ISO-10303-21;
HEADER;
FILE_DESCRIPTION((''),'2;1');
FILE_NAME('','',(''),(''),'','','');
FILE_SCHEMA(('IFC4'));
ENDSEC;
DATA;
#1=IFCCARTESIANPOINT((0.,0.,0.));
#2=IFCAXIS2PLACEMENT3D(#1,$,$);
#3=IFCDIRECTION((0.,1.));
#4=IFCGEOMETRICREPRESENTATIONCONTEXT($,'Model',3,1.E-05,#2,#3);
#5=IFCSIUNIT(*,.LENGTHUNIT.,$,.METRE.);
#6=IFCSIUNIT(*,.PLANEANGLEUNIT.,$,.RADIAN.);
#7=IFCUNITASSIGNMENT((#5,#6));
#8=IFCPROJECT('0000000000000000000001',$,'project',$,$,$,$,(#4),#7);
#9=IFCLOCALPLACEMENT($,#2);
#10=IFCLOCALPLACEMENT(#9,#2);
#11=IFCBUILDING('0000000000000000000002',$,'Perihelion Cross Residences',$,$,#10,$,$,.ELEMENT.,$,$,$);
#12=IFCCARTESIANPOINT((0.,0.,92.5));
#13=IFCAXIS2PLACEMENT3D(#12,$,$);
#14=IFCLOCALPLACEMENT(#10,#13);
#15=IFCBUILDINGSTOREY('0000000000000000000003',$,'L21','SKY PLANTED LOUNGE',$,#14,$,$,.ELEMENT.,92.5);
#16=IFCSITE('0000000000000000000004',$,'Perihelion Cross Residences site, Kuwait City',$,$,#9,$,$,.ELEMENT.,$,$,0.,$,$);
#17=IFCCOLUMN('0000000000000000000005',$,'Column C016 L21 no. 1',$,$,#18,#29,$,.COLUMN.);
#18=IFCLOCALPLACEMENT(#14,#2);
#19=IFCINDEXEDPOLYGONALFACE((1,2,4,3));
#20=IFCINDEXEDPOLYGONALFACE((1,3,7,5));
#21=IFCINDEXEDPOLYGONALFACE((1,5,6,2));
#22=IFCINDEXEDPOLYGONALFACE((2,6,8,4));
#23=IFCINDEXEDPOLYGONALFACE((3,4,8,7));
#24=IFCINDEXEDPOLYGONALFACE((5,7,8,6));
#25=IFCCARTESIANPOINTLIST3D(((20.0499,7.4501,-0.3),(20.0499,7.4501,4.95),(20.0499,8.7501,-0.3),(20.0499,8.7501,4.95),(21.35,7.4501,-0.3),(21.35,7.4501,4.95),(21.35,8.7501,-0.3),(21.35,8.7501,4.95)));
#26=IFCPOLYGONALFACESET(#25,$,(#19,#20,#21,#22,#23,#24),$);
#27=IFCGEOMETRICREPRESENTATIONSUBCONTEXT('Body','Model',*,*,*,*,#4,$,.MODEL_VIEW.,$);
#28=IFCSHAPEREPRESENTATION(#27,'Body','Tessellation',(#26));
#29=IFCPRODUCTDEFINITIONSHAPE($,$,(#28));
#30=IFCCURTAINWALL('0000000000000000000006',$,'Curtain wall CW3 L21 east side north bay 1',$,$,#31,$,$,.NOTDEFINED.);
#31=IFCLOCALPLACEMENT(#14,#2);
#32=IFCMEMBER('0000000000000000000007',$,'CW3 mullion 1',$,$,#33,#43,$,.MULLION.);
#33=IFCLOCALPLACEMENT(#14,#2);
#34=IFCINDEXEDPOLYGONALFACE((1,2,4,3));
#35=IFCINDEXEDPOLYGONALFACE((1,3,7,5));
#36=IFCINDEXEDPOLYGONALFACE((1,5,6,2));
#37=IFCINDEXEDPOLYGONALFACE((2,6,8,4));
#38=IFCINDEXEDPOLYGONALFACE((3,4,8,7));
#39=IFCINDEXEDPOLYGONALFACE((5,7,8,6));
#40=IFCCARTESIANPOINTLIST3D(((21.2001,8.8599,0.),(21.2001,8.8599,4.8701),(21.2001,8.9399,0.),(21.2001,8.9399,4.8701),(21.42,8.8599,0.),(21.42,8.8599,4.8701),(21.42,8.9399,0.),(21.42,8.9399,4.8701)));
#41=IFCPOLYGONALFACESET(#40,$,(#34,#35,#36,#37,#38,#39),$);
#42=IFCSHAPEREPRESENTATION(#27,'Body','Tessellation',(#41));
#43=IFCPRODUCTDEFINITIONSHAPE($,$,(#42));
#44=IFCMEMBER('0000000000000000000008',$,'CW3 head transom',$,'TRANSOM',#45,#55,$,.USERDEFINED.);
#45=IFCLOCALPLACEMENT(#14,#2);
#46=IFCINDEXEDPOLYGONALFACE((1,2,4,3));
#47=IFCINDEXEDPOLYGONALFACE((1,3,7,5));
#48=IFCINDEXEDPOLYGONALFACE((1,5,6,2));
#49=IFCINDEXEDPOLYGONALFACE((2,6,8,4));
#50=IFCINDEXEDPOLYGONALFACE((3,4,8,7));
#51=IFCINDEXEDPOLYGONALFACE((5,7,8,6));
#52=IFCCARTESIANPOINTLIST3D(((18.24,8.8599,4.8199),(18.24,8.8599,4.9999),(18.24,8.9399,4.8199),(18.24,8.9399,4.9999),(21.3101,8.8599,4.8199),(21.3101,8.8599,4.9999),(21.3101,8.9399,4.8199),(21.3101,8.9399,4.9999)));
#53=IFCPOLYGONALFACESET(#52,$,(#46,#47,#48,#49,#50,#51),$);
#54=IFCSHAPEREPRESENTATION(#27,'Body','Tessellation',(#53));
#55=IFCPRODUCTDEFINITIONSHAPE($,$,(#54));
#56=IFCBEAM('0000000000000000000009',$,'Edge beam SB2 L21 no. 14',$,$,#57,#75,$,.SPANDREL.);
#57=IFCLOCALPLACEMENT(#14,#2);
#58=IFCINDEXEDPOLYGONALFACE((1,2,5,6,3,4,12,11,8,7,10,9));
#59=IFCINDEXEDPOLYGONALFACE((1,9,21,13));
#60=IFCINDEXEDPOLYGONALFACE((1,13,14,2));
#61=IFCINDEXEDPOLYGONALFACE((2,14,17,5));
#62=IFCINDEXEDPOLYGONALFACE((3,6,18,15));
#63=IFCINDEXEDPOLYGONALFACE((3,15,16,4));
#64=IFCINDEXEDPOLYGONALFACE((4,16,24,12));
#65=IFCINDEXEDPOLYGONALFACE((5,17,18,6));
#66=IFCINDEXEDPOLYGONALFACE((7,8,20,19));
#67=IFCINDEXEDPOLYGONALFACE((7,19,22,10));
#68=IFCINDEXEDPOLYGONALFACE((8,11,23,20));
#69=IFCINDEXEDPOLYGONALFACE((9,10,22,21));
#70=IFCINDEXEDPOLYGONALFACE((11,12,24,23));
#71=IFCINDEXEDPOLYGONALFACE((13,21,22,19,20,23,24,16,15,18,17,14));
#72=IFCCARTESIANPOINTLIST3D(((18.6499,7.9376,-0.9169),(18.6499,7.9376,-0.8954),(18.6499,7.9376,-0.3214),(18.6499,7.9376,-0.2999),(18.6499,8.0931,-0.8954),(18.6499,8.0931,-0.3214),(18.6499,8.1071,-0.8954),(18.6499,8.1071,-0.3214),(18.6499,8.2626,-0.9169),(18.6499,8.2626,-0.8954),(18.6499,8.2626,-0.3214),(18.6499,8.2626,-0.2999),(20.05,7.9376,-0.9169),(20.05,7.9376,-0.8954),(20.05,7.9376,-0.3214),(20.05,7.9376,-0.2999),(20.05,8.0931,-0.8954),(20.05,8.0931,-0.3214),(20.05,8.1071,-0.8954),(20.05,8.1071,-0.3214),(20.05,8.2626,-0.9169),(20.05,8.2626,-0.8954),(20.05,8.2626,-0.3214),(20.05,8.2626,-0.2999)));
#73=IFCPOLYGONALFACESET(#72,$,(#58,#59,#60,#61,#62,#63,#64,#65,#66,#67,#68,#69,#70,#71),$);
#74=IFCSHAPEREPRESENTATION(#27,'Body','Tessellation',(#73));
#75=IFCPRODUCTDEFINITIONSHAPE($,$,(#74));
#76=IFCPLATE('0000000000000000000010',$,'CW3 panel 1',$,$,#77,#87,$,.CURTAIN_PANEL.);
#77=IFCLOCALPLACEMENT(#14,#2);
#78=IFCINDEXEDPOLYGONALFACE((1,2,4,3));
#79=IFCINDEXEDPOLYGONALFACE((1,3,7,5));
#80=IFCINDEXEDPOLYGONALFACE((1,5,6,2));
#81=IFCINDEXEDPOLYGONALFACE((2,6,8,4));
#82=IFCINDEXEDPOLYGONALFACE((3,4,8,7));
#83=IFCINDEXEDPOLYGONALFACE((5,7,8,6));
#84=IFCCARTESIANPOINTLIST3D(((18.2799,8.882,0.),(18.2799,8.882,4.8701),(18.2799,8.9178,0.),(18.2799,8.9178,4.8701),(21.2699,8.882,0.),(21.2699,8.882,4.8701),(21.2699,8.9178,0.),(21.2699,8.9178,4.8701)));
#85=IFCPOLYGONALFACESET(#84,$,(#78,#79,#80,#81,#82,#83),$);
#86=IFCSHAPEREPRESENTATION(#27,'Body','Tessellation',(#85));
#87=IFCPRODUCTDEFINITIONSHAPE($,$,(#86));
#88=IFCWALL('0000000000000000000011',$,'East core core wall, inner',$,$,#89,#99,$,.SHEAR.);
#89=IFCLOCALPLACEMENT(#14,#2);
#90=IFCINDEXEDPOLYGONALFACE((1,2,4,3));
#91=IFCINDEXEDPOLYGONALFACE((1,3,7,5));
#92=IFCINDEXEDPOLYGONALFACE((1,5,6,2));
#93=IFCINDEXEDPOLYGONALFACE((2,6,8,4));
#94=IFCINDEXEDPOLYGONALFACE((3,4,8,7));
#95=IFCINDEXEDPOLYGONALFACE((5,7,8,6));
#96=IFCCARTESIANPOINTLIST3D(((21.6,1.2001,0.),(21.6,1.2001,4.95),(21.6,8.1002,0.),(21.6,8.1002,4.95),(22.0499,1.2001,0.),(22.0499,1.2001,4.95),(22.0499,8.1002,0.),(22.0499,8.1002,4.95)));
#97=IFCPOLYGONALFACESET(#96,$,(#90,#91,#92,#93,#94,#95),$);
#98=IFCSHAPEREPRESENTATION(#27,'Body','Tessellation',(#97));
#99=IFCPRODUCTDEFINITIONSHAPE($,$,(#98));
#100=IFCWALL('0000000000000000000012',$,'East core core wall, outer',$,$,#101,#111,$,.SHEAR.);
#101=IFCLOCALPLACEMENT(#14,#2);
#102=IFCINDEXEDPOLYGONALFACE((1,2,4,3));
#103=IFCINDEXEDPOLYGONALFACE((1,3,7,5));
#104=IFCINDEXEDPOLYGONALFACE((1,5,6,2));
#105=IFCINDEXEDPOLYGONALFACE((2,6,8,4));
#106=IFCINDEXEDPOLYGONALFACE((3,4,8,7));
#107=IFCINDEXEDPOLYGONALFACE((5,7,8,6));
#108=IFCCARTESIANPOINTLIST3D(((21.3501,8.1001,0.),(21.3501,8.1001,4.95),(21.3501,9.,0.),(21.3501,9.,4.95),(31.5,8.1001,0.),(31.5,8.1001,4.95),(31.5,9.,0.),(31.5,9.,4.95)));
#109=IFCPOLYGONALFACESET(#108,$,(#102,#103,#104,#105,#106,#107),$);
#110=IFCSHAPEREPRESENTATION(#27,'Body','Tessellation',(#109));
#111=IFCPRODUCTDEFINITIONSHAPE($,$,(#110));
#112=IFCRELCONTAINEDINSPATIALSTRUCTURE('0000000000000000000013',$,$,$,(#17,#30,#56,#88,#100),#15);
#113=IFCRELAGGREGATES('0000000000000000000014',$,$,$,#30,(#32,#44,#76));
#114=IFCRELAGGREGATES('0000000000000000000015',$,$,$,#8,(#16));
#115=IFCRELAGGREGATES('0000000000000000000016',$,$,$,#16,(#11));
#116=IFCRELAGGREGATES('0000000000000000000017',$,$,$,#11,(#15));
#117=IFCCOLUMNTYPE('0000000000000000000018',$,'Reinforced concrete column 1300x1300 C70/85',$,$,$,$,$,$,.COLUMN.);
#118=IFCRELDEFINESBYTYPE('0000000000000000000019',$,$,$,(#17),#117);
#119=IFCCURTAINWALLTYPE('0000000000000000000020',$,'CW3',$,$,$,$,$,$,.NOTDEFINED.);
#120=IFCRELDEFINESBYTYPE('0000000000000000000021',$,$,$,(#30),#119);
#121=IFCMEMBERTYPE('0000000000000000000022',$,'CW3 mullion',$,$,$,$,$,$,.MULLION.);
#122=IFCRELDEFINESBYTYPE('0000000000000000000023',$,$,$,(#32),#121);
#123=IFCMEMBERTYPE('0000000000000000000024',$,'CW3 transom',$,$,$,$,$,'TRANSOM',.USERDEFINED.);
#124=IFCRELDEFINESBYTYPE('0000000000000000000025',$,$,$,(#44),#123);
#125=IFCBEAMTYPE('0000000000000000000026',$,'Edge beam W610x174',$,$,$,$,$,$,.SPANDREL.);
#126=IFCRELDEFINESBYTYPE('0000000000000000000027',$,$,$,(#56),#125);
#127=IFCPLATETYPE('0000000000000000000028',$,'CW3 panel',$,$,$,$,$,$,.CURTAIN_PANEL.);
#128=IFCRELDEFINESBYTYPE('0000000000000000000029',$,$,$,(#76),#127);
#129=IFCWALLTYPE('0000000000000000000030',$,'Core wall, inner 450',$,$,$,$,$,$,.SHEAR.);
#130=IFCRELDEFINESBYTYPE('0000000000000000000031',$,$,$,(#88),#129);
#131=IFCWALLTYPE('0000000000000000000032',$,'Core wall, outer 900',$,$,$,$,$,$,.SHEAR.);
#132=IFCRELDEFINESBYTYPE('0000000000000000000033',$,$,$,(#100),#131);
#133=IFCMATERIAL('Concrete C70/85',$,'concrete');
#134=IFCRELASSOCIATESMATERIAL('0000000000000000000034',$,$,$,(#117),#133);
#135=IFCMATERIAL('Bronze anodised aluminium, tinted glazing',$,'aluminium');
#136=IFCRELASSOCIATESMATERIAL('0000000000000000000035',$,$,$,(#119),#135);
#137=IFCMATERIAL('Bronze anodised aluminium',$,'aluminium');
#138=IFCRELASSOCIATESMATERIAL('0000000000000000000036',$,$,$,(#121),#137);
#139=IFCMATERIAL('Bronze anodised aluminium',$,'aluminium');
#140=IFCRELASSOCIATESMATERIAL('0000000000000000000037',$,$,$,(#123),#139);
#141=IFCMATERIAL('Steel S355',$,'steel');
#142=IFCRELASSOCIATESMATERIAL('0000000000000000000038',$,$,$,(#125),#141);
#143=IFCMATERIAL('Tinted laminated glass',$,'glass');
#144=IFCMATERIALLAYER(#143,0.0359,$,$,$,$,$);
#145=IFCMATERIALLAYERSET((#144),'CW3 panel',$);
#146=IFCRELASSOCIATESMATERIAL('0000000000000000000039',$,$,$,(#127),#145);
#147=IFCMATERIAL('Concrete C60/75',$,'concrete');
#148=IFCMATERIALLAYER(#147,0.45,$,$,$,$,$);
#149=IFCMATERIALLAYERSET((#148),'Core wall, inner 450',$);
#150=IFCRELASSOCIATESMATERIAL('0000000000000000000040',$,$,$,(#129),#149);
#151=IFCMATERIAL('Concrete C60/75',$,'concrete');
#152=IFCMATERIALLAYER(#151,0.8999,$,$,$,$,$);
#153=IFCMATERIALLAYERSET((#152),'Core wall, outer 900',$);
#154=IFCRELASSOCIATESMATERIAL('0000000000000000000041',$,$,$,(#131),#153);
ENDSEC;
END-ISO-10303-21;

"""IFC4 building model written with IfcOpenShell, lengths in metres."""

from ifc_helpers import new_model, si_unit, direction, frame, frame_2d, origin, origin_2d, place, context, subcontext, project, spatial, rectangle, i_section, extrude, material, layer, layer_set, material_profile, profile_set, type_object, element, aggregate, save


model = new_model("IFC4")

# Units and contexts
model_context = context("Model", 3, precision=1e-05, world=origin(), true_north=direction((0.0, 1.0)))
body_context = subcontext(model_context, "Body", "Model", "MODEL_VIEW")
ifc_project = project(units=[si_unit("LENGTHUNIT", "METRE"), si_unit("PLANEANGLEUNIT", "RADIAN")], contexts=[model_context])

# Site, building, storey
site_placement = place(None, origin())
site = spatial("IfcSite", under=ifc_project, at=site_placement, Name="Perihelion Cross Residences site, Kuwait City", CompositionType="ELEMENT", RefElevation=0.0)
building_placement = place(site_placement, origin())
building = spatial("IfcBuilding", under=site, at=building_placement, Name="Perihelion Cross Residences", CompositionType="ELEMENT")
storey_placement = place(building_placement, frame((0.0, 0.0, 92.5)))
storey = spatial("IfcBuildingStorey", under=building, at=storey_placement, Name="L21", Description="SKY PLANTED LOUNGE", CompositionType="ELEMENT", Elevation=92.5)

# Column
ifc_material_1 = material(Name="Concrete C70/85", Category="concrete")
ifc_material_profile_1 = material_profile(ifc_material_1, rectangle(XDim=1.3, YDim=1.3, at=origin_2d()), Name="RC 1300x1300")
ifc_profile_set_1 = profile_set([ifc_material_profile_1], Name="Concrete C70/85")
column_type = type_object("IfcColumnType", Name="Reinforced concrete column 1300x1300 C70/85", PredefinedType="COLUMN", material=ifc_profile_set_1)
column_placement = place(storey_placement, frame((20.7, 8.1001, -0.3), z_axis=(0.0, 0.0, 1.0), x_axis=(1.0, 0.0, 0.0)))
element("IfcColumn", 1, at=column_placement, inside=storey, type_object=column_type, Name="Column C016 L21 no. 1", PredefinedType="COLUMN", context=body_context, shape_type="SweptSolid", body=[
    extrude(rectangle(XDim=1.3, YDim=1.3, at=origin_2d()), origin(), (0.0, 0.0, 1.0), 5.25),
])

# Curtain wall, members
ifc_material_2 = material(Name="Bronze anodised aluminium, tinted glazing", Category="aluminium")
curtain_wall_type = type_object("IfcCurtainWallType", Name="CW3", PredefinedType="NOTDEFINED", material=ifc_material_2)
curtain_wall_placement = place(storey_placement, origin())
curtain_wall = element("IfcCurtainWall", 2, at=curtain_wall_placement, inside=storey, type_object=curtain_wall_type, Name="Curtain wall CW3 L21 east side north bay 1", PredefinedType="NOTDEFINED")
ifc_material_3 = material(Name="Bronze anodised aluminium", Category="aluminium")
ifc_material_profile_2 = material_profile(ifc_material_3, rectangle(XDim=0.0801, YDim=0.22, at=origin_2d()), Name="CW3 mullion")
ifc_profile_set_2 = profile_set([ifc_material_profile_2], Name="Bronze anodised aluminium")
member_type_1 = type_object("IfcMemberType", Name="CW3 mullion", PredefinedType="MULLION", material=ifc_profile_set_2)
member_1_placement = place(storey_placement, frame((21.3101, 8.8999, 0.0), z_axis=(0.0, 0.0, 1.0), x_axis=(0.0, -1.0, 0.0)))
member_1 = element("IfcMember", 3, at=member_1_placement, type_object=member_type_1, Name="CW3 mullion 1", PredefinedType="MULLION", context=body_context, shape_type="SweptSolid", body=[
    extrude(rectangle(XDim=0.0801, YDim=0.22, at=origin_2d()), origin(), (0.0, 0.0, 1.0), 4.8701),
])
ifc_material_4 = material(Name="Bronze anodised aluminium", Category="aluminium")
ifc_material_profile_3 = material_profile(ifc_material_4, rectangle(XDim=0.0801, YDim=0.1799, at=origin_2d()), Name="CW3 transom")
ifc_profile_set_3 = profile_set([ifc_material_profile_3], Name="Bronze anodised aluminium")
member_type_2 = type_object("IfcMemberType", Name="CW3 transom", ElementType="TRANSOM", PredefinedType="USERDEFINED", material=ifc_profile_set_3)
member_2_placement = place(storey_placement, frame((21.3101, 8.8999, 4.9099), z_axis=(-1.0, 0.0, 0.0), x_axis=(0.0, -1.0, 0.0)))
member_2 = element("IfcMember", 4, at=member_2_placement, type_object=member_type_2, Name="CW3 head transom", ObjectType="TRANSOM", PredefinedType="USERDEFINED", context=body_context, shape_type="SweptSolid", body=[
    extrude(rectangle(XDim=0.0801, YDim=0.1799, at=origin_2d()), origin(), (0.0, 0.0, 1.0), 3.0701),
])

# Beam
ifc_material_5 = material(Name="Steel S355", Category="steel")
ifc_material_profile_4 = material_profile(ifc_material_5, i_section(OverallWidth=0.325, OverallDepth=0.6169, WebThickness=0.0139, FlangeThickness=0.0215, at=origin_2d()), Name="W610x174")
ifc_profile_set_4 = profile_set([ifc_material_profile_4], Name="Steel S355")
beam_type = type_object("IfcBeamType", Name="Edge beam W610x174", PredefinedType="SPANDREL", material=ifc_profile_set_4)
beam_placement = place(storey_placement, frame((20.05, 8.1001, -0.6084), z_axis=(-1.0, 0.0, 0.0), x_axis=(0.0, -1.0, 0.0)))
element("IfcBeam", 5, at=beam_placement, inside=storey, type_object=beam_type, Name="Edge beam SB2 L21 no. 14", PredefinedType="SPANDREL", context=body_context, shape_type="SweptSolid", body=[
    extrude(i_section(OverallWidth=0.325, OverallDepth=0.6169, WebThickness=0.0139, FlangeThickness=0.0215, at=origin_2d()), origin(), (0.0, 0.0, 1.0), 1.4001),
])

# Plate
ifc_material_6 = material(Name="Tinted laminated glass", Category="glass")
ifc_layer_1 = layer(ifc_material_6, 0.0359)
ifc_layer_set_1 = layer_set([ifc_layer_1], Name="CW3 panel")
plate_type = type_object("IfcPlateType", Name="CW3 panel", PredefinedType="CURTAIN_PANEL", material=ifc_layer_set_1)
plate_placement = place(storey_placement, frame((19.7749, 8.8999, 0.0), z_axis=(0.0, 0.0, 1.0), x_axis=(-1.0, 0.0, 0.0)))
plate = element("IfcPlate", 6, at=plate_placement, type_object=plate_type, Name="CW3 panel 1", PredefinedType="CURTAIN_PANEL", context=body_context, shape_type="SweptSolid", body=[
    extrude(rectangle(XDim=2.99, YDim=0.0359, at=origin_2d()), origin(), (0.0, 0.0, 1.0), 4.8701),
])
aggregate(curtain_wall, [member_1, member_2, plate])

# Walls
ifc_material_7 = material(Name="Concrete C60/75", Category="concrete")
ifc_layer_2 = layer(ifc_material_7, 0.45)
ifc_layer_set_2 = layer_set([ifc_layer_2], Name="Core wall, inner 450")
wall_type_1 = type_object("IfcWallType", Name="Core wall, inner 450", PredefinedType="SHEAR", material=ifc_layer_set_2)
wall_1_placement = place(storey_placement, frame((21.825, 1.2, 0.0), z_axis=(0.0, 0.0, 1.0), x_axis=(0.0, 1.0, 0.0)))
element("IfcWall", 7, at=wall_1_placement, inside=storey, type_object=wall_type_1, Name="East core core wall, inner", PredefinedType="SHEAR", context=body_context, shape_type="SweptSolid", body=[
    extrude(rectangle(XDim=6.9001, YDim=0.45, at=frame_2d((3.4502, 0.0))), origin(), (0.0, 0.0, 1.0), 4.95),
])
ifc_material_8 = material(Name="Concrete C60/75", Category="concrete")
ifc_layer_3 = layer(ifc_material_8, 0.8999)
ifc_layer_set_3 = layer_set([ifc_layer_3], Name="Core wall, outer 900")
wall_type_2 = type_object("IfcWallType", Name="Core wall, outer 900", PredefinedType="SHEAR", material=ifc_layer_set_3)
wall_2_placement = place(storey_placement, frame((21.3501, 8.55, 0.0), z_axis=(0.0, 0.0, 1.0), x_axis=(1.0, 0.0, 0.0)))
element("IfcWall", 8, at=wall_2_placement, inside=storey, type_object=wall_type_2, Name="East core core wall, outer", PredefinedType="SHEAR", context=body_context, shape_type="SweptSolid", body=[
    extrude(rectangle(XDim=10.1499, YDim=0.8999, at=frame_2d((5.075, 0.0))), origin(), (0.0, 0.0, 1.0), 4.95),
])

save(model, "model.ifc")
